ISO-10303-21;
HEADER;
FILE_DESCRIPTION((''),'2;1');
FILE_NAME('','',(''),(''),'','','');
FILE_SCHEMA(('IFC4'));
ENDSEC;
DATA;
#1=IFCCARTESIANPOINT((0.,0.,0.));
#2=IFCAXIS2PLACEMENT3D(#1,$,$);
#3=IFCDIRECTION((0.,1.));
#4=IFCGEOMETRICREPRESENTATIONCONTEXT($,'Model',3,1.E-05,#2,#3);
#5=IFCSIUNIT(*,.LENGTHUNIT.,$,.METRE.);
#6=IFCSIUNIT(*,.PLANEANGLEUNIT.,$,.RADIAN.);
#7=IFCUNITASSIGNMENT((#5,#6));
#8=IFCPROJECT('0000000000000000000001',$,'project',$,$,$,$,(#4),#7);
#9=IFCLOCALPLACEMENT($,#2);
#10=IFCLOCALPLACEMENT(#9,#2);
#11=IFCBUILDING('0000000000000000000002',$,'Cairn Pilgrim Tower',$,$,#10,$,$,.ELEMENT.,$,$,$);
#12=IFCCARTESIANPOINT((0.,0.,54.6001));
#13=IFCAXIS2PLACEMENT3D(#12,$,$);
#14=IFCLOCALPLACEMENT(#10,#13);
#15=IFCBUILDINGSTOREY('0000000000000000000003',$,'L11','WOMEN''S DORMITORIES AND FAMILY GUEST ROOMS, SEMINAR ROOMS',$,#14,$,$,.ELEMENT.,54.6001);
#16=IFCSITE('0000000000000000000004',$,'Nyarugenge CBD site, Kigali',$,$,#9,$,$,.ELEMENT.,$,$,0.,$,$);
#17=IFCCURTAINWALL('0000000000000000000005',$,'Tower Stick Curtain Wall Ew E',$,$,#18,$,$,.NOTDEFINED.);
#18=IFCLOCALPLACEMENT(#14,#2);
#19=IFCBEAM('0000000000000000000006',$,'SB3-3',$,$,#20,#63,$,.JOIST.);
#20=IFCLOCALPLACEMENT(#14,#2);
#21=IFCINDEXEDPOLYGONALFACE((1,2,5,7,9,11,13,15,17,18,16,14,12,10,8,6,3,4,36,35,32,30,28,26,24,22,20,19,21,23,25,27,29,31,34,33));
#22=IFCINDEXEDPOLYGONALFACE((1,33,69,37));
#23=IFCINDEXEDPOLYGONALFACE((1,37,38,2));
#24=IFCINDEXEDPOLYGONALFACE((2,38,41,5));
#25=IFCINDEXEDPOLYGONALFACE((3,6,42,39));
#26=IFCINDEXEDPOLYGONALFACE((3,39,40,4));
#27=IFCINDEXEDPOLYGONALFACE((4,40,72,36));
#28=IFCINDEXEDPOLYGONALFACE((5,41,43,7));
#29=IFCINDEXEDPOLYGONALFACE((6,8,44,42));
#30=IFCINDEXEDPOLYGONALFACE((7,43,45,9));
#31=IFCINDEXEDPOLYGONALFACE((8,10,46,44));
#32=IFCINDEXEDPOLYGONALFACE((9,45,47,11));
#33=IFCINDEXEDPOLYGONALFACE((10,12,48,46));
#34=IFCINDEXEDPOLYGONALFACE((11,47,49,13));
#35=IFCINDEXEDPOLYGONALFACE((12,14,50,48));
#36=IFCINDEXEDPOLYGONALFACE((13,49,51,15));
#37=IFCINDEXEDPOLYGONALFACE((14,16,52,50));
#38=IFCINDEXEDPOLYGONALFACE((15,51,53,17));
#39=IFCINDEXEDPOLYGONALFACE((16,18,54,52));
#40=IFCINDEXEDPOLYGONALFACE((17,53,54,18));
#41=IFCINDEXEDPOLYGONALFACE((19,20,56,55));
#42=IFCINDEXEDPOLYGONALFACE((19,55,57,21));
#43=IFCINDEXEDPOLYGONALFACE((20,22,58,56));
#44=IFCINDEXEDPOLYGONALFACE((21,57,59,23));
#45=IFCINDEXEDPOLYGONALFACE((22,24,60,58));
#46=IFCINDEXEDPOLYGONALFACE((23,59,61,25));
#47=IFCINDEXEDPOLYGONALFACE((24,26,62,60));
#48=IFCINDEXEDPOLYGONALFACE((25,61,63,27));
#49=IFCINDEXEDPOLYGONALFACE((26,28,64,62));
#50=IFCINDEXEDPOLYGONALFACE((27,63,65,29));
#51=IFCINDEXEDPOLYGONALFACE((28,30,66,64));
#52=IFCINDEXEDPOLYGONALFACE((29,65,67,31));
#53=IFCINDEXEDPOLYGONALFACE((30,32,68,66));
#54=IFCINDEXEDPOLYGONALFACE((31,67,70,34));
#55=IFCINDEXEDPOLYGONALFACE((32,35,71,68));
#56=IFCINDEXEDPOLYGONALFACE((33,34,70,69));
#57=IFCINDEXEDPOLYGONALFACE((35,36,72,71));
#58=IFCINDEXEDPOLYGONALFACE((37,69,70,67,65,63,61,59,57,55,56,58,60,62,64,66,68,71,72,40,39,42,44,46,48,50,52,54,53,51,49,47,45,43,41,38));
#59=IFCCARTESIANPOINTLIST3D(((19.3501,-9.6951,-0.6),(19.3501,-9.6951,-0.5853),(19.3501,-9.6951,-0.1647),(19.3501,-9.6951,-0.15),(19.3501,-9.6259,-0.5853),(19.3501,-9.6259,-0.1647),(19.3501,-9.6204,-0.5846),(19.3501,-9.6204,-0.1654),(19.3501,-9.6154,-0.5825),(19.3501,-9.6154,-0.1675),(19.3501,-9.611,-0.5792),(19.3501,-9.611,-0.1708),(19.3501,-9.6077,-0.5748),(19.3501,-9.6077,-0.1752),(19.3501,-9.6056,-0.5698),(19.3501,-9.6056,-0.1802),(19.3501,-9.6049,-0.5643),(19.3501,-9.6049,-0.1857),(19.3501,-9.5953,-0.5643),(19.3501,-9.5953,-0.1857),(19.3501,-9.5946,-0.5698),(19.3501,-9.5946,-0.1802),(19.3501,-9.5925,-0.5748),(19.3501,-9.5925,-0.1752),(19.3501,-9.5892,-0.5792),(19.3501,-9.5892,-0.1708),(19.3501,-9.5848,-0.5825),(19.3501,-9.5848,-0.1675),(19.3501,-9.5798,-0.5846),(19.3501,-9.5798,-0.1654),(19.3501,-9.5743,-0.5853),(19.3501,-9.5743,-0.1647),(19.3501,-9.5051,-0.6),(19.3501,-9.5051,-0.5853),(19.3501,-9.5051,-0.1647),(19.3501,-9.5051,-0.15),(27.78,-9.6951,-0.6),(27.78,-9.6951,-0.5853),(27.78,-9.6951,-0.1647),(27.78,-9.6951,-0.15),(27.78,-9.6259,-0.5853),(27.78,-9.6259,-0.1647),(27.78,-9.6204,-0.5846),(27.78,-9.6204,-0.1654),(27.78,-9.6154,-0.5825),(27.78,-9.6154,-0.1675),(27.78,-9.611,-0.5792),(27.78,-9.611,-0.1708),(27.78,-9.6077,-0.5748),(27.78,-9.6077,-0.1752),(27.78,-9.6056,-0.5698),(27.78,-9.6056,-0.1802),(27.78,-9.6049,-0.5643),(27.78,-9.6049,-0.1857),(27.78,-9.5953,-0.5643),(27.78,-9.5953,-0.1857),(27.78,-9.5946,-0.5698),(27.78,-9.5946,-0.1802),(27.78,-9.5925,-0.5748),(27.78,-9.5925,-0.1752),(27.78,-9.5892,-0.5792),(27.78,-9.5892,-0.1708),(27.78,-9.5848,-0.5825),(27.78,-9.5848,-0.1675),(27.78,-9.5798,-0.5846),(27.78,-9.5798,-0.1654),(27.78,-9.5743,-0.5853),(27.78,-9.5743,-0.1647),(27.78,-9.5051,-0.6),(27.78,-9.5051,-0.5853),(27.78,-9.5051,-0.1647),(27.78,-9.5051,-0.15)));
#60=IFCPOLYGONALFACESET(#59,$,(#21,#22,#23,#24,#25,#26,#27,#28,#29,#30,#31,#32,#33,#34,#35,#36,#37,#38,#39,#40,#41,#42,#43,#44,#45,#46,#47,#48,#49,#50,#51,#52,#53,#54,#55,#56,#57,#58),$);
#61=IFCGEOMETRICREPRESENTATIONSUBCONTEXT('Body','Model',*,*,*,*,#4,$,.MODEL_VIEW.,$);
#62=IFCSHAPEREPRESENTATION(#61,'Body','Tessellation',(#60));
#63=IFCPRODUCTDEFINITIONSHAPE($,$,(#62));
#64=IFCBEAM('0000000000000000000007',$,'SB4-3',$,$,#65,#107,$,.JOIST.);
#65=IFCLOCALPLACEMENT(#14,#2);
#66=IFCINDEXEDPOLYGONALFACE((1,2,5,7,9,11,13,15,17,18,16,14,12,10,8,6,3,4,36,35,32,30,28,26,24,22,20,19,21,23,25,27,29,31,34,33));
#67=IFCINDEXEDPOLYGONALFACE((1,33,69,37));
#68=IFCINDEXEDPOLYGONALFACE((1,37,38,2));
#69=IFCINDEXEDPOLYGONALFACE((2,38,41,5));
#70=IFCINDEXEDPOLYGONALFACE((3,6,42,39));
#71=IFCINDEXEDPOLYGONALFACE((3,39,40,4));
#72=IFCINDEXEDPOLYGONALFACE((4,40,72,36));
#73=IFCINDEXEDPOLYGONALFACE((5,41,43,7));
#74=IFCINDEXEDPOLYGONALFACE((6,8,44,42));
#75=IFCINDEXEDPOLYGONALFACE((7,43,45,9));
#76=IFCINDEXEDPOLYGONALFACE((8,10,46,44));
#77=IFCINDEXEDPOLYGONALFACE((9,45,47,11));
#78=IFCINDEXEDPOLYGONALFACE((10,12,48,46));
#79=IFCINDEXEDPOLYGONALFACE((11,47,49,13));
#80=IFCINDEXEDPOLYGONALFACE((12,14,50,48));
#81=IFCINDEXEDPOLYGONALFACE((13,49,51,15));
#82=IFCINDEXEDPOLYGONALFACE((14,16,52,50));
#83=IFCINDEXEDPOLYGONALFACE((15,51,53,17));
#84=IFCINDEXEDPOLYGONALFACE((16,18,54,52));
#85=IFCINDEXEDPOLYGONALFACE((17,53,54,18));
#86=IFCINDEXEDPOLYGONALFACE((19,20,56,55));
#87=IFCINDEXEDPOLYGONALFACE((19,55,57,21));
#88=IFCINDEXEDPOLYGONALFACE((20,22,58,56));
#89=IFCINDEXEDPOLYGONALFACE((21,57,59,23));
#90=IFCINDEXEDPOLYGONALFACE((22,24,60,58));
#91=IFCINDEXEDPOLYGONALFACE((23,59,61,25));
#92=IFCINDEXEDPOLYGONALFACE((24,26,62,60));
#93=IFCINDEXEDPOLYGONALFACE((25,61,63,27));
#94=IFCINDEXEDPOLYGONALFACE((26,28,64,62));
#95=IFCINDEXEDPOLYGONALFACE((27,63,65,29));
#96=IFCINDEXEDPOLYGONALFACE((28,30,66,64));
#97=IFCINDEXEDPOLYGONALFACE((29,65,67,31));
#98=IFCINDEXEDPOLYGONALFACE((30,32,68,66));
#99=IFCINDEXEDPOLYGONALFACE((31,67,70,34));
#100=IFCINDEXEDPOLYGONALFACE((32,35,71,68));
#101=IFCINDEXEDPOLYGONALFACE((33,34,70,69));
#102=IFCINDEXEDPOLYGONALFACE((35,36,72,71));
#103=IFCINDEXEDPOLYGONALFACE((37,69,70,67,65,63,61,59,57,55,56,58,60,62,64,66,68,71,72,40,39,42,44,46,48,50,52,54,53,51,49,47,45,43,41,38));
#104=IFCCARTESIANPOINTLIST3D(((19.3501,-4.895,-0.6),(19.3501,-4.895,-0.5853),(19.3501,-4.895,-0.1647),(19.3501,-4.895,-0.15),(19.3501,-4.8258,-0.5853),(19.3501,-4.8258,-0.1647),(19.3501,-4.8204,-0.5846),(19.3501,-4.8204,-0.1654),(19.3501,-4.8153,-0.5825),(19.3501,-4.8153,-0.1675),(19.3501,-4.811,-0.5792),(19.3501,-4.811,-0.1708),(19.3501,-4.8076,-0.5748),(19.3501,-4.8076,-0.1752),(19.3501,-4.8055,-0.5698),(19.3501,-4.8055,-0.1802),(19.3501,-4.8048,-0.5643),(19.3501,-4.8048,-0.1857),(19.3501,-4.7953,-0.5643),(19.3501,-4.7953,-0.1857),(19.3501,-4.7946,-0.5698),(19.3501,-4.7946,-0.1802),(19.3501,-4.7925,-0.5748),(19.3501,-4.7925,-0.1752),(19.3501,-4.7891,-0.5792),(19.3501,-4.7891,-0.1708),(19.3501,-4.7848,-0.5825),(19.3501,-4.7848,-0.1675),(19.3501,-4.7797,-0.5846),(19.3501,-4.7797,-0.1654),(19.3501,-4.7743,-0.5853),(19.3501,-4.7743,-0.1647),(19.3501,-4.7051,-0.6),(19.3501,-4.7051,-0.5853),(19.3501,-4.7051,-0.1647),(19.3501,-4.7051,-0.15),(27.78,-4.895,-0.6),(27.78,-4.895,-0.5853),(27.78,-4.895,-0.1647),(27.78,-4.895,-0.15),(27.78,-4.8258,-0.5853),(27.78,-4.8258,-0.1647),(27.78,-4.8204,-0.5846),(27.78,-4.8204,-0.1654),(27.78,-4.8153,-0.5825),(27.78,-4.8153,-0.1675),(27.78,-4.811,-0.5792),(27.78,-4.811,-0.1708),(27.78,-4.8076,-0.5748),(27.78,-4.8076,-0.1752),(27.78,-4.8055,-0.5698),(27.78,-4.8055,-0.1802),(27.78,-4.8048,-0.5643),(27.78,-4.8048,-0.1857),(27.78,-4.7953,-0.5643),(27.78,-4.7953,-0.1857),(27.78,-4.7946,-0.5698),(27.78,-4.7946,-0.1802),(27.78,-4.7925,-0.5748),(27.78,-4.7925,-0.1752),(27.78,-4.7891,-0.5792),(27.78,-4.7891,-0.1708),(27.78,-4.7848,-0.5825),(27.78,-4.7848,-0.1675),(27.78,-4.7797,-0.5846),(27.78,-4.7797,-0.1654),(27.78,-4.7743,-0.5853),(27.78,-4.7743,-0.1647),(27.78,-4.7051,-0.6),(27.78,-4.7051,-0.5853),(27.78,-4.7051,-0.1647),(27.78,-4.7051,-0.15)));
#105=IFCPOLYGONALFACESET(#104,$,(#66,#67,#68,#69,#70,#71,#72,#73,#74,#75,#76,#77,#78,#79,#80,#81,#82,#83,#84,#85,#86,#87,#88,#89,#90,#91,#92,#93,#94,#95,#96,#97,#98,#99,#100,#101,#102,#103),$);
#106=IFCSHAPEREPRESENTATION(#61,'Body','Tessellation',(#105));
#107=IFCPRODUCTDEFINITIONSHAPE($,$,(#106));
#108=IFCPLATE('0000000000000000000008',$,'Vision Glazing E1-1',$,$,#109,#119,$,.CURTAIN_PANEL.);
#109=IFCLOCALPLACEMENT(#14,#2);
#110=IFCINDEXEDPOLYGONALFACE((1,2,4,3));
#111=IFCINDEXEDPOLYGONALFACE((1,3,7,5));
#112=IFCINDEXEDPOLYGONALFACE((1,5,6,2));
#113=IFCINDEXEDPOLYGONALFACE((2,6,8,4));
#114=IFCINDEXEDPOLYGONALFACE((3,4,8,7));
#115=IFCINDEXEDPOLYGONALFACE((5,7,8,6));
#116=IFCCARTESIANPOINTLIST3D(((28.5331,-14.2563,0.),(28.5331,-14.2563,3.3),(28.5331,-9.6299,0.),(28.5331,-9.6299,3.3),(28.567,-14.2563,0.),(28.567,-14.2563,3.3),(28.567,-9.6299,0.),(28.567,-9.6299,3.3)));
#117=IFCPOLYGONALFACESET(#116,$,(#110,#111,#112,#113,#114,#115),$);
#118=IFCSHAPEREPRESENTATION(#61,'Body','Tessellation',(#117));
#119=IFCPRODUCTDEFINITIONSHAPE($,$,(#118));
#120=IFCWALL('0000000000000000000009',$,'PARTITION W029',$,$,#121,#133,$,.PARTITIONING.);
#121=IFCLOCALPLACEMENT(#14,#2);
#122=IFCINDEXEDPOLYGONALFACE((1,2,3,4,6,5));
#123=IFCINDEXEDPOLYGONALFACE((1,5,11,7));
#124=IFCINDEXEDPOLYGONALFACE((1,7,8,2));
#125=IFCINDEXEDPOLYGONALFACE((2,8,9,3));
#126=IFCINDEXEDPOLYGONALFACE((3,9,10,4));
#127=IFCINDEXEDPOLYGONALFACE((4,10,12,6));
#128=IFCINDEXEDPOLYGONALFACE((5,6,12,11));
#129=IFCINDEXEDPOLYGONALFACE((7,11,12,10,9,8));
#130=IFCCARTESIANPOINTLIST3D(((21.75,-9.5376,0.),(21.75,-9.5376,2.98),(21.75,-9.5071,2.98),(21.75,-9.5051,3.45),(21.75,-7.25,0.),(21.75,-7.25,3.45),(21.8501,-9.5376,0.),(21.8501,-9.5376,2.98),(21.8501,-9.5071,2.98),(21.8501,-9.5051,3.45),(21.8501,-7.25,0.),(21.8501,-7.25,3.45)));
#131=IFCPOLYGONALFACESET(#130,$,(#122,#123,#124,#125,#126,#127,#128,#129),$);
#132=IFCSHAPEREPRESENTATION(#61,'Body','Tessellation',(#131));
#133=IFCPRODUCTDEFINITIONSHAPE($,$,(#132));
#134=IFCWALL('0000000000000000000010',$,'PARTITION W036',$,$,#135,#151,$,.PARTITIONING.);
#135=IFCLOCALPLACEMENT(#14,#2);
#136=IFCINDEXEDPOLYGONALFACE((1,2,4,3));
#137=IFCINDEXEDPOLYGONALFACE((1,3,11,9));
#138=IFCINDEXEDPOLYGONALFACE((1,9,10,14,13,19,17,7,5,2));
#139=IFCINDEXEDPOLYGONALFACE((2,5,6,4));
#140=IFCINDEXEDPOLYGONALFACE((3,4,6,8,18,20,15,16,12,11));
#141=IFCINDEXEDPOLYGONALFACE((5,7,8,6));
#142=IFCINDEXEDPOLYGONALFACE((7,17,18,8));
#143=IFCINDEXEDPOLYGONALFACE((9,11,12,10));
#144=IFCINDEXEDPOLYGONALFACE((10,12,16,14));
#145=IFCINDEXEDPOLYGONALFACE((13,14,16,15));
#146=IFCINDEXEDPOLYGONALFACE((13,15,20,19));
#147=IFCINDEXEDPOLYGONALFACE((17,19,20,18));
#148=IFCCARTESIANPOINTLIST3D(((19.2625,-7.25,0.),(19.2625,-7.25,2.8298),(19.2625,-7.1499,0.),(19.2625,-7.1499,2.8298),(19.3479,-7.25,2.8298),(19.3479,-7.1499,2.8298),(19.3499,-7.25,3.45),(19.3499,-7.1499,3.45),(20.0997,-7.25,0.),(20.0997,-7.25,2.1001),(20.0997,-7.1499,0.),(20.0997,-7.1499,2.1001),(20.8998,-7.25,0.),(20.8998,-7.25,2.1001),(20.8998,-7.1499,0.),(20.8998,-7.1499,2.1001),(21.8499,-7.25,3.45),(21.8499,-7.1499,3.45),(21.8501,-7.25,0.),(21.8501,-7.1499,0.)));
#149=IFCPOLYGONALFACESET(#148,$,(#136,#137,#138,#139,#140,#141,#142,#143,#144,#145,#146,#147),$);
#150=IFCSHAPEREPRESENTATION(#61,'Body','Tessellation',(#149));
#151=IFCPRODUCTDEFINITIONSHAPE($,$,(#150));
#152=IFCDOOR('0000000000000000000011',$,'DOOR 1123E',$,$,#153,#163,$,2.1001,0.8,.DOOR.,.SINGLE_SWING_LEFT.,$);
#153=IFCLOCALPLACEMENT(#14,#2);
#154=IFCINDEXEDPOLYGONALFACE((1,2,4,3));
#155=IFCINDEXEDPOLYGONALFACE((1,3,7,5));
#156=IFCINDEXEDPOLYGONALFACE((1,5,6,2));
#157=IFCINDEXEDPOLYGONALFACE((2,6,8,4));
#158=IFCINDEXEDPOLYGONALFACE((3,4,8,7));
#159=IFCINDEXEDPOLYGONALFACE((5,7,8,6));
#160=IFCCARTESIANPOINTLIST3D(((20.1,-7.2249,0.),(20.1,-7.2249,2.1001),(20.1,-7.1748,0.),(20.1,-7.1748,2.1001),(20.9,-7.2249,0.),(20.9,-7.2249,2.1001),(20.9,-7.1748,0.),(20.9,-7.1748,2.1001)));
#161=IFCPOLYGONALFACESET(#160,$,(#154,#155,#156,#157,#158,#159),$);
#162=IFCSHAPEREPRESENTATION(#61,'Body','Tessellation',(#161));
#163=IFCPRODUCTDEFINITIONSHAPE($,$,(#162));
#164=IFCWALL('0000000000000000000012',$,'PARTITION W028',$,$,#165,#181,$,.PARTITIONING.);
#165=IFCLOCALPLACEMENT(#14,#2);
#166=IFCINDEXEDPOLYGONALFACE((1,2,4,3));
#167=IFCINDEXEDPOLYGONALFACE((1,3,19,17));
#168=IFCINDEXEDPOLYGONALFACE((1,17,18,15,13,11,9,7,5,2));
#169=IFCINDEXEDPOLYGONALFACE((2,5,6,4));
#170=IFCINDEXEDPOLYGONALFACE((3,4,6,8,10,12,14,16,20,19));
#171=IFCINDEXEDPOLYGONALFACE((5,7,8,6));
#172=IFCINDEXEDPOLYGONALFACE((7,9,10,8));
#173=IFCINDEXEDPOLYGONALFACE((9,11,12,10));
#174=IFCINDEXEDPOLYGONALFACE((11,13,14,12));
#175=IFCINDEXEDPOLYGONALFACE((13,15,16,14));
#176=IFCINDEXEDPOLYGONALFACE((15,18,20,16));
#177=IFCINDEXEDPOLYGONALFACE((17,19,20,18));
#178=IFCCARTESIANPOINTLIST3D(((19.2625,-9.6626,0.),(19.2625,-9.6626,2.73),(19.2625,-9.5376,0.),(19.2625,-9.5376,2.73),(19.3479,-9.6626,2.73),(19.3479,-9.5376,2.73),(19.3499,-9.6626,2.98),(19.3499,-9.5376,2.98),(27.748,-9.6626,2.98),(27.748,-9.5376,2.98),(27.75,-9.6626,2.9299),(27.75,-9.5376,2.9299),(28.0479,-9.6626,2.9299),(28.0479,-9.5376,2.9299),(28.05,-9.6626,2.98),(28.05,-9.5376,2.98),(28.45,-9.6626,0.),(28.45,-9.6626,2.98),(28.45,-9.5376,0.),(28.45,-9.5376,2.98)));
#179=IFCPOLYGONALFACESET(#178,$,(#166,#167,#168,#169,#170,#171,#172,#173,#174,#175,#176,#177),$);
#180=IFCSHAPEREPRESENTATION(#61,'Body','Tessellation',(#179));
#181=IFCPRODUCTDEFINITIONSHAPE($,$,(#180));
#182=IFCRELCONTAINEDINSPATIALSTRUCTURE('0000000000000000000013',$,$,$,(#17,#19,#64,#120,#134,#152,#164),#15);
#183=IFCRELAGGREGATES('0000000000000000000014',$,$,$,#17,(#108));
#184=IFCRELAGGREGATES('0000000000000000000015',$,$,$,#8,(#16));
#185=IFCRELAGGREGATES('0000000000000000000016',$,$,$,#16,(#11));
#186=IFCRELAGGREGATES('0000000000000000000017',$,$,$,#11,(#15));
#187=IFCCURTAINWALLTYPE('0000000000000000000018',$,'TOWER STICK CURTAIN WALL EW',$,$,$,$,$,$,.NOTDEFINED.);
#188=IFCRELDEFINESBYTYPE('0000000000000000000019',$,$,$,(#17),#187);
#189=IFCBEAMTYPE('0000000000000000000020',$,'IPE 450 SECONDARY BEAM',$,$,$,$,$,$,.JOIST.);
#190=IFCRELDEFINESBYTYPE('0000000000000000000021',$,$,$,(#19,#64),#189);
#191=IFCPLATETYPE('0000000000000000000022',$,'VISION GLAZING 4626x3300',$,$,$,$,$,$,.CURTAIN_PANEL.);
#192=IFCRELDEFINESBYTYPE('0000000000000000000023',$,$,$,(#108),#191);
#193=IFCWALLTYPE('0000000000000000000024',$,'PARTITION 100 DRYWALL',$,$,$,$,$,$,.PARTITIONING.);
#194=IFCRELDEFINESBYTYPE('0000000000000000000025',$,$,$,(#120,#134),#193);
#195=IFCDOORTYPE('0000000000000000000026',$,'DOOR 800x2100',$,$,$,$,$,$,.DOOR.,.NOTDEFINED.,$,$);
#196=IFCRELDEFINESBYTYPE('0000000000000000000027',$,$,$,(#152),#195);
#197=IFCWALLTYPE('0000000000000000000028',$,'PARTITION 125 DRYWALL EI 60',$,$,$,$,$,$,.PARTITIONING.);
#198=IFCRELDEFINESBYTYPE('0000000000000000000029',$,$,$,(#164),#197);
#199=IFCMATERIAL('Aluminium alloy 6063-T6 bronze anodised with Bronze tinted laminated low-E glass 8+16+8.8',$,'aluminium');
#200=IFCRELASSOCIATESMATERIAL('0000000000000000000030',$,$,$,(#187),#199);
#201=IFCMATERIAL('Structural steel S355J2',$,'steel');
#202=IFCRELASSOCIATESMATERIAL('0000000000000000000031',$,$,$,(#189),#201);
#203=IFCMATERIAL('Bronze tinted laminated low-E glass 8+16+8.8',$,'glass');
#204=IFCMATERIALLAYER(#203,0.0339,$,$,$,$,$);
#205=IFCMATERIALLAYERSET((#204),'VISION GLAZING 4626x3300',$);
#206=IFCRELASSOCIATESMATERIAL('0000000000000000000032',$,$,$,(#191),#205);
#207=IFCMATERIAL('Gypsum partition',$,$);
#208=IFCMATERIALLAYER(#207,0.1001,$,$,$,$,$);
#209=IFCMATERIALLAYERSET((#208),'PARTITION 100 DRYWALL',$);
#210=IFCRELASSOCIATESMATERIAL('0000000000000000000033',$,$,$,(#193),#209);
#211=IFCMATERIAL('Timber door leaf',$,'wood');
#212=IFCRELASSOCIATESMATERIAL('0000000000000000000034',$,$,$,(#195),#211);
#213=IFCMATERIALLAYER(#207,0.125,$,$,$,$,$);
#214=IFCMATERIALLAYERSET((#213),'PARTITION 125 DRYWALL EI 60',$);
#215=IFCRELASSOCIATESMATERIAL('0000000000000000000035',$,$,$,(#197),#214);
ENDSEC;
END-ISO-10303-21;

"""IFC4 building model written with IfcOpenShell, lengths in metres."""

from ifc_helpers import new_model, si_unit, direction, frame, frame_2d, origin, origin_2d, place, context, subcontext, project, spatial, polyline, rectangle, i_section, outline, extrude, material, layer, layer_set, material_profile, profile_set, type_object, element, fill, aggregate, save


model = new_model("IFC4")

# Units and contexts
model_context = context("Model", 3, precision=1e-05, world=origin(), true_north=direction((0.0, 1.0)))
body_context = subcontext(model_context, "Body", "Model", "MODEL_VIEW")
ifc_project = project(units=[si_unit("LENGTHUNIT", "METRE"), si_unit("PLANEANGLEUNIT", "RADIAN")], contexts=[model_context])

# Site, building, storey
site_placement = place(None, origin())
site = spatial("IfcSite", under=ifc_project, at=site_placement, Name="Nyarugenge CBD site, Kigali", CompositionType="ELEMENT", RefElevation=0.0)
building_placement = place(site_placement, origin())
building = spatial("IfcBuilding", under=site, at=building_placement, Name="Cairn Pilgrim Tower", CompositionType="ELEMENT")
storey_placement = place(building_placement, frame((0.0, 0.0, 54.6001)))
storey = spatial("IfcBuildingStorey", under=building, at=storey_placement, Name="L11", Description="WOMEN'S DORMITORIES AND FAMILY GUEST ROOMS, SEMINAR ROOMS", CompositionType="ELEMENT", Elevation=54.6001)

# Curtain wall
ifc_material_1 = material(Name="Aluminium alloy 6063-T6 bronze anodised with Bronze tinted laminated low-E glass 8+16+8.8", Category="aluminium")
curtain_wall_type = type_object("IfcCurtainWallType", Name="TOWER STICK CURTAIN WALL EW", PredefinedType="NOTDEFINED", material=ifc_material_1)
curtain_wall_placement = place(storey_placement, origin())
curtain_wall = element("IfcCurtainWall", 1, at=curtain_wall_placement, inside=storey, type_object=curtain_wall_type, Name="Tower Stick Curtain Wall Ew E", PredefinedType="NOTDEFINED")

# Beams
ifc_material_2 = material(Name="Structural steel S355J2", Category="steel")
ifc_material_profile_1 = material_profile(ifc_material_2, i_section(OverallWidth=0.1899, OverallDepth=0.45, WebThickness=0.0095, FlangeThickness=0.0146, FilletRadius=0.021, at=origin_2d()), Name="IPE 450")
ifc_profile_set_1 = profile_set([ifc_material_profile_1], Name="Structural steel S355J2")
beam_type_1 = type_object("IfcBeamType", Name="IPE 450 SECONDARY BEAM", PredefinedType="JOIST", material=ifc_profile_set_1)
for number, where, z_axis, x_axis, name in (
    (2, (19.3501, -9.6001, -0.375), (1.0, 0.0, 0.0), (0.0, 1.0, 0.0), "SB3-3"),
    (3, (19.3501, -4.8, -0.375), (1.0, 0.0, 0.0), (0.0, 1.0, 0.0), "SB4-3"),
):
    element("IfcBeam", number, at=place(storey_placement, frame(where, z_axis=z_axis, x_axis=x_axis)), inside=storey, type_object=beam_type_1, Name=name, PredefinedType="JOIST", context=body_context, shape_type="SweptSolid", body=[
        extrude(i_section(OverallWidth=0.1899, OverallDepth=0.45, WebThickness=0.0095, FlangeThickness=0.0146, FilletRadius=0.021, at=origin_2d()), origin(), (0.0, 0.0, 1.0), 8.4299),
    ])

# Plate
ifc_material_3 = material(Name="Bronze tinted laminated low-E glass 8+16+8.8", Category="glass")
ifc_layer_1 = layer(ifc_material_3, 0.0339)
ifc_layer_set_1 = layer_set([ifc_layer_1], Name="VISION GLAZING 4626x3300")
plate_type = type_object("IfcPlateType", Name="VISION GLAZING 4626x3300", PredefinedType="CURTAIN_PANEL", material=ifc_layer_set_1)
plate_placement = place(storey_placement, frame((28.55, -11.9431, 0.0), z_axis=(0.0, 0.0, 1.0), x_axis=(0.0, 1.0, 0.0)))
plate = element("IfcPlate", 4, at=plate_placement, type_object=plate_type, Name="Vision Glazing E1-1", PredefinedType="CURTAIN_PANEL", context=body_context, shape_type="SweptSolid", body=[
    extrude(rectangle(XDim=4.6265, YDim=0.0339, at=origin_2d()), origin(), (0.0, 0.0, 1.0), 3.3),
])
aggregate(curtain_wall, [plate])

# Wall
ifc_material_4 = material(Name="Gypsum partition")
ifc_layer_2 = layer(ifc_material_4, 0.1001)
ifc_layer_set_2 = layer_set([ifc_layer_2], Name="PARTITION 100 DRYWALL")
wall_type_1 = type_object("IfcWallType", Name="PARTITION 100 DRYWALL", PredefinedType="PARTITIONING", material=ifc_layer_set_2)
wall_1_placement = place(storey_placement, frame((21.8, -9.5376, 0.0), z_axis=(0.0, 0.0, 1.0), x_axis=(0.0, 1.0, 0.0)))
element("IfcWall", 5, at=wall_1_placement, inside=storey, type_object=wall_type_1, Name="PARTITION W029", PredefinedType="PARTITIONING", context=body_context, shape_type="SweptSolid", body=[
    extrude(outline(polyline([(0.0, 0.0), (2.2876, 0.0), (2.2876, 3.45), (0.0325, 3.45), (0.0305, 2.98), (0.0, 2.98), (0.0, 0.0)])), frame((0.0, 0.05, 0.0), z_axis=(0.0, -1.0, 0.0), x_axis=(1.0, 0.0, 0.0)), (0.0, 0.0, 1.0), 0.1001),
])

# Wall, opening, door
wall_2_placement = place(storey_placement, frame((19.2625, -7.2, 0.0), z_axis=(0.0, 0.0, 1.0), x_axis=(1.0, 0.0, 0.0)))
wall_2 = element("IfcWall", 6, at=wall_2_placement, inside=storey, type_object=wall_type_1, Name="PARTITION W036", PredefinedType="PARTITIONING", context=body_context, shape_type="SweptSolid", body=[
    extrude(outline(polyline([(0.0, 0.0), (2.5876, 0.0), (2.5874, 3.45), (0.0874, 3.45), (0.0854, 2.8298), (0.0, 2.8298), (0.0, 0.0)])), frame((0.0, 0.05, 0.0), z_axis=(0.0, -1.0, 0.0), x_axis=(1.0, 0.0, 0.0)), (0.0, 0.0, 1.0), 0.1001),
])
opening_1_placement = place(wall_2_placement, frame((0.8374, 0.0, 0.0)))
opening_1 = element("IfcOpeningElement", 7, at=opening_1_placement, cuts=wall_2, PredefinedType="OPENING", context=body_context, shape_type="SweptSolid", body=[
    extrude(rectangle(XDim=0.8, YDim=2.1001, at=frame_2d((0.3999, 1.05))), frame((0.0, 0.0601, 0.0), z_axis=(0.0, -1.0, 0.0), x_axis=(1.0, 0.0, 0.0)), (0.0, 0.0, 1.0), 0.1201),
])
ifc_material_5 = material(Name="Timber door leaf", Category="wood")
door_type_1 = type_object("IfcDoorType", Name="DOOR 800x2100", OperationType="NOTDEFINED", PredefinedType="DOOR", material=ifc_material_5)
door_1_placement = place(opening_1_placement, frame((0.8, 0.0, 0.0), z_axis=(0.0, 0.0, 1.0), x_axis=(-1.0, 0.0, 0.0)))
door_1 = element("IfcDoor", 8, at=door_1_placement, inside=storey, type_object=door_type_1, Name="DOOR 1123E", OperationType="SINGLE_SWING_LEFT", OverallHeight=2.1001, OverallWidth=0.8, PredefinedType="DOOR", context=body_context, shape_type="SweptSolid", body=[
    extrude(rectangle(XDim=0.8, YDim=2.1001, at=frame_2d((0.3999, 1.05))), frame((0.0, 0.0249, 0.0), z_axis=(0.0, -1.0, 0.0), x_axis=(1.0, 0.0, 0.0)), (0.0, 0.0, 1.0), 0.05),
])
fill(opening_1, door_1)

# Wall
ifc_layer_3 = layer(ifc_material_4, 0.125)
ifc_layer_set_3 = layer_set([ifc_layer_3], Name="PARTITION 125 DRYWALL EI 60")
wall_type_2 = type_object("IfcWallType", Name="PARTITION 125 DRYWALL EI 60", PredefinedType="PARTITIONING", material=ifc_layer_set_3)
wall_3_placement = place(storey_placement, frame((19.2625, -9.6001, 0.0), z_axis=(0.0, 0.0, 1.0), x_axis=(1.0, 0.0, 0.0)))
element("IfcWall", 9, at=wall_3_placement, inside=storey, type_object=wall_type_2, Name="PARTITION W028", PredefinedType="PARTITIONING", context=body_context, shape_type="SweptSolid", body=[
    extrude(outline(polyline([(0.0, 0.0), (9.1875, 0.0), (9.1875, 2.98), (8.7876, 2.98), (8.7854, 2.9299), (8.4875, 2.9299), (8.4856, 2.98), (0.0874, 2.98), (0.0854, 2.73), (0.0, 2.73), (0.0, 0.0)])), frame((0.0, 0.0625, 0.0), z_axis=(0.0, -1.0, 0.0), x_axis=(1.0, 0.0, 0.0)), (0.0, 0.0, 1.0), 0.125),
])

save(model, "model.ifc")
